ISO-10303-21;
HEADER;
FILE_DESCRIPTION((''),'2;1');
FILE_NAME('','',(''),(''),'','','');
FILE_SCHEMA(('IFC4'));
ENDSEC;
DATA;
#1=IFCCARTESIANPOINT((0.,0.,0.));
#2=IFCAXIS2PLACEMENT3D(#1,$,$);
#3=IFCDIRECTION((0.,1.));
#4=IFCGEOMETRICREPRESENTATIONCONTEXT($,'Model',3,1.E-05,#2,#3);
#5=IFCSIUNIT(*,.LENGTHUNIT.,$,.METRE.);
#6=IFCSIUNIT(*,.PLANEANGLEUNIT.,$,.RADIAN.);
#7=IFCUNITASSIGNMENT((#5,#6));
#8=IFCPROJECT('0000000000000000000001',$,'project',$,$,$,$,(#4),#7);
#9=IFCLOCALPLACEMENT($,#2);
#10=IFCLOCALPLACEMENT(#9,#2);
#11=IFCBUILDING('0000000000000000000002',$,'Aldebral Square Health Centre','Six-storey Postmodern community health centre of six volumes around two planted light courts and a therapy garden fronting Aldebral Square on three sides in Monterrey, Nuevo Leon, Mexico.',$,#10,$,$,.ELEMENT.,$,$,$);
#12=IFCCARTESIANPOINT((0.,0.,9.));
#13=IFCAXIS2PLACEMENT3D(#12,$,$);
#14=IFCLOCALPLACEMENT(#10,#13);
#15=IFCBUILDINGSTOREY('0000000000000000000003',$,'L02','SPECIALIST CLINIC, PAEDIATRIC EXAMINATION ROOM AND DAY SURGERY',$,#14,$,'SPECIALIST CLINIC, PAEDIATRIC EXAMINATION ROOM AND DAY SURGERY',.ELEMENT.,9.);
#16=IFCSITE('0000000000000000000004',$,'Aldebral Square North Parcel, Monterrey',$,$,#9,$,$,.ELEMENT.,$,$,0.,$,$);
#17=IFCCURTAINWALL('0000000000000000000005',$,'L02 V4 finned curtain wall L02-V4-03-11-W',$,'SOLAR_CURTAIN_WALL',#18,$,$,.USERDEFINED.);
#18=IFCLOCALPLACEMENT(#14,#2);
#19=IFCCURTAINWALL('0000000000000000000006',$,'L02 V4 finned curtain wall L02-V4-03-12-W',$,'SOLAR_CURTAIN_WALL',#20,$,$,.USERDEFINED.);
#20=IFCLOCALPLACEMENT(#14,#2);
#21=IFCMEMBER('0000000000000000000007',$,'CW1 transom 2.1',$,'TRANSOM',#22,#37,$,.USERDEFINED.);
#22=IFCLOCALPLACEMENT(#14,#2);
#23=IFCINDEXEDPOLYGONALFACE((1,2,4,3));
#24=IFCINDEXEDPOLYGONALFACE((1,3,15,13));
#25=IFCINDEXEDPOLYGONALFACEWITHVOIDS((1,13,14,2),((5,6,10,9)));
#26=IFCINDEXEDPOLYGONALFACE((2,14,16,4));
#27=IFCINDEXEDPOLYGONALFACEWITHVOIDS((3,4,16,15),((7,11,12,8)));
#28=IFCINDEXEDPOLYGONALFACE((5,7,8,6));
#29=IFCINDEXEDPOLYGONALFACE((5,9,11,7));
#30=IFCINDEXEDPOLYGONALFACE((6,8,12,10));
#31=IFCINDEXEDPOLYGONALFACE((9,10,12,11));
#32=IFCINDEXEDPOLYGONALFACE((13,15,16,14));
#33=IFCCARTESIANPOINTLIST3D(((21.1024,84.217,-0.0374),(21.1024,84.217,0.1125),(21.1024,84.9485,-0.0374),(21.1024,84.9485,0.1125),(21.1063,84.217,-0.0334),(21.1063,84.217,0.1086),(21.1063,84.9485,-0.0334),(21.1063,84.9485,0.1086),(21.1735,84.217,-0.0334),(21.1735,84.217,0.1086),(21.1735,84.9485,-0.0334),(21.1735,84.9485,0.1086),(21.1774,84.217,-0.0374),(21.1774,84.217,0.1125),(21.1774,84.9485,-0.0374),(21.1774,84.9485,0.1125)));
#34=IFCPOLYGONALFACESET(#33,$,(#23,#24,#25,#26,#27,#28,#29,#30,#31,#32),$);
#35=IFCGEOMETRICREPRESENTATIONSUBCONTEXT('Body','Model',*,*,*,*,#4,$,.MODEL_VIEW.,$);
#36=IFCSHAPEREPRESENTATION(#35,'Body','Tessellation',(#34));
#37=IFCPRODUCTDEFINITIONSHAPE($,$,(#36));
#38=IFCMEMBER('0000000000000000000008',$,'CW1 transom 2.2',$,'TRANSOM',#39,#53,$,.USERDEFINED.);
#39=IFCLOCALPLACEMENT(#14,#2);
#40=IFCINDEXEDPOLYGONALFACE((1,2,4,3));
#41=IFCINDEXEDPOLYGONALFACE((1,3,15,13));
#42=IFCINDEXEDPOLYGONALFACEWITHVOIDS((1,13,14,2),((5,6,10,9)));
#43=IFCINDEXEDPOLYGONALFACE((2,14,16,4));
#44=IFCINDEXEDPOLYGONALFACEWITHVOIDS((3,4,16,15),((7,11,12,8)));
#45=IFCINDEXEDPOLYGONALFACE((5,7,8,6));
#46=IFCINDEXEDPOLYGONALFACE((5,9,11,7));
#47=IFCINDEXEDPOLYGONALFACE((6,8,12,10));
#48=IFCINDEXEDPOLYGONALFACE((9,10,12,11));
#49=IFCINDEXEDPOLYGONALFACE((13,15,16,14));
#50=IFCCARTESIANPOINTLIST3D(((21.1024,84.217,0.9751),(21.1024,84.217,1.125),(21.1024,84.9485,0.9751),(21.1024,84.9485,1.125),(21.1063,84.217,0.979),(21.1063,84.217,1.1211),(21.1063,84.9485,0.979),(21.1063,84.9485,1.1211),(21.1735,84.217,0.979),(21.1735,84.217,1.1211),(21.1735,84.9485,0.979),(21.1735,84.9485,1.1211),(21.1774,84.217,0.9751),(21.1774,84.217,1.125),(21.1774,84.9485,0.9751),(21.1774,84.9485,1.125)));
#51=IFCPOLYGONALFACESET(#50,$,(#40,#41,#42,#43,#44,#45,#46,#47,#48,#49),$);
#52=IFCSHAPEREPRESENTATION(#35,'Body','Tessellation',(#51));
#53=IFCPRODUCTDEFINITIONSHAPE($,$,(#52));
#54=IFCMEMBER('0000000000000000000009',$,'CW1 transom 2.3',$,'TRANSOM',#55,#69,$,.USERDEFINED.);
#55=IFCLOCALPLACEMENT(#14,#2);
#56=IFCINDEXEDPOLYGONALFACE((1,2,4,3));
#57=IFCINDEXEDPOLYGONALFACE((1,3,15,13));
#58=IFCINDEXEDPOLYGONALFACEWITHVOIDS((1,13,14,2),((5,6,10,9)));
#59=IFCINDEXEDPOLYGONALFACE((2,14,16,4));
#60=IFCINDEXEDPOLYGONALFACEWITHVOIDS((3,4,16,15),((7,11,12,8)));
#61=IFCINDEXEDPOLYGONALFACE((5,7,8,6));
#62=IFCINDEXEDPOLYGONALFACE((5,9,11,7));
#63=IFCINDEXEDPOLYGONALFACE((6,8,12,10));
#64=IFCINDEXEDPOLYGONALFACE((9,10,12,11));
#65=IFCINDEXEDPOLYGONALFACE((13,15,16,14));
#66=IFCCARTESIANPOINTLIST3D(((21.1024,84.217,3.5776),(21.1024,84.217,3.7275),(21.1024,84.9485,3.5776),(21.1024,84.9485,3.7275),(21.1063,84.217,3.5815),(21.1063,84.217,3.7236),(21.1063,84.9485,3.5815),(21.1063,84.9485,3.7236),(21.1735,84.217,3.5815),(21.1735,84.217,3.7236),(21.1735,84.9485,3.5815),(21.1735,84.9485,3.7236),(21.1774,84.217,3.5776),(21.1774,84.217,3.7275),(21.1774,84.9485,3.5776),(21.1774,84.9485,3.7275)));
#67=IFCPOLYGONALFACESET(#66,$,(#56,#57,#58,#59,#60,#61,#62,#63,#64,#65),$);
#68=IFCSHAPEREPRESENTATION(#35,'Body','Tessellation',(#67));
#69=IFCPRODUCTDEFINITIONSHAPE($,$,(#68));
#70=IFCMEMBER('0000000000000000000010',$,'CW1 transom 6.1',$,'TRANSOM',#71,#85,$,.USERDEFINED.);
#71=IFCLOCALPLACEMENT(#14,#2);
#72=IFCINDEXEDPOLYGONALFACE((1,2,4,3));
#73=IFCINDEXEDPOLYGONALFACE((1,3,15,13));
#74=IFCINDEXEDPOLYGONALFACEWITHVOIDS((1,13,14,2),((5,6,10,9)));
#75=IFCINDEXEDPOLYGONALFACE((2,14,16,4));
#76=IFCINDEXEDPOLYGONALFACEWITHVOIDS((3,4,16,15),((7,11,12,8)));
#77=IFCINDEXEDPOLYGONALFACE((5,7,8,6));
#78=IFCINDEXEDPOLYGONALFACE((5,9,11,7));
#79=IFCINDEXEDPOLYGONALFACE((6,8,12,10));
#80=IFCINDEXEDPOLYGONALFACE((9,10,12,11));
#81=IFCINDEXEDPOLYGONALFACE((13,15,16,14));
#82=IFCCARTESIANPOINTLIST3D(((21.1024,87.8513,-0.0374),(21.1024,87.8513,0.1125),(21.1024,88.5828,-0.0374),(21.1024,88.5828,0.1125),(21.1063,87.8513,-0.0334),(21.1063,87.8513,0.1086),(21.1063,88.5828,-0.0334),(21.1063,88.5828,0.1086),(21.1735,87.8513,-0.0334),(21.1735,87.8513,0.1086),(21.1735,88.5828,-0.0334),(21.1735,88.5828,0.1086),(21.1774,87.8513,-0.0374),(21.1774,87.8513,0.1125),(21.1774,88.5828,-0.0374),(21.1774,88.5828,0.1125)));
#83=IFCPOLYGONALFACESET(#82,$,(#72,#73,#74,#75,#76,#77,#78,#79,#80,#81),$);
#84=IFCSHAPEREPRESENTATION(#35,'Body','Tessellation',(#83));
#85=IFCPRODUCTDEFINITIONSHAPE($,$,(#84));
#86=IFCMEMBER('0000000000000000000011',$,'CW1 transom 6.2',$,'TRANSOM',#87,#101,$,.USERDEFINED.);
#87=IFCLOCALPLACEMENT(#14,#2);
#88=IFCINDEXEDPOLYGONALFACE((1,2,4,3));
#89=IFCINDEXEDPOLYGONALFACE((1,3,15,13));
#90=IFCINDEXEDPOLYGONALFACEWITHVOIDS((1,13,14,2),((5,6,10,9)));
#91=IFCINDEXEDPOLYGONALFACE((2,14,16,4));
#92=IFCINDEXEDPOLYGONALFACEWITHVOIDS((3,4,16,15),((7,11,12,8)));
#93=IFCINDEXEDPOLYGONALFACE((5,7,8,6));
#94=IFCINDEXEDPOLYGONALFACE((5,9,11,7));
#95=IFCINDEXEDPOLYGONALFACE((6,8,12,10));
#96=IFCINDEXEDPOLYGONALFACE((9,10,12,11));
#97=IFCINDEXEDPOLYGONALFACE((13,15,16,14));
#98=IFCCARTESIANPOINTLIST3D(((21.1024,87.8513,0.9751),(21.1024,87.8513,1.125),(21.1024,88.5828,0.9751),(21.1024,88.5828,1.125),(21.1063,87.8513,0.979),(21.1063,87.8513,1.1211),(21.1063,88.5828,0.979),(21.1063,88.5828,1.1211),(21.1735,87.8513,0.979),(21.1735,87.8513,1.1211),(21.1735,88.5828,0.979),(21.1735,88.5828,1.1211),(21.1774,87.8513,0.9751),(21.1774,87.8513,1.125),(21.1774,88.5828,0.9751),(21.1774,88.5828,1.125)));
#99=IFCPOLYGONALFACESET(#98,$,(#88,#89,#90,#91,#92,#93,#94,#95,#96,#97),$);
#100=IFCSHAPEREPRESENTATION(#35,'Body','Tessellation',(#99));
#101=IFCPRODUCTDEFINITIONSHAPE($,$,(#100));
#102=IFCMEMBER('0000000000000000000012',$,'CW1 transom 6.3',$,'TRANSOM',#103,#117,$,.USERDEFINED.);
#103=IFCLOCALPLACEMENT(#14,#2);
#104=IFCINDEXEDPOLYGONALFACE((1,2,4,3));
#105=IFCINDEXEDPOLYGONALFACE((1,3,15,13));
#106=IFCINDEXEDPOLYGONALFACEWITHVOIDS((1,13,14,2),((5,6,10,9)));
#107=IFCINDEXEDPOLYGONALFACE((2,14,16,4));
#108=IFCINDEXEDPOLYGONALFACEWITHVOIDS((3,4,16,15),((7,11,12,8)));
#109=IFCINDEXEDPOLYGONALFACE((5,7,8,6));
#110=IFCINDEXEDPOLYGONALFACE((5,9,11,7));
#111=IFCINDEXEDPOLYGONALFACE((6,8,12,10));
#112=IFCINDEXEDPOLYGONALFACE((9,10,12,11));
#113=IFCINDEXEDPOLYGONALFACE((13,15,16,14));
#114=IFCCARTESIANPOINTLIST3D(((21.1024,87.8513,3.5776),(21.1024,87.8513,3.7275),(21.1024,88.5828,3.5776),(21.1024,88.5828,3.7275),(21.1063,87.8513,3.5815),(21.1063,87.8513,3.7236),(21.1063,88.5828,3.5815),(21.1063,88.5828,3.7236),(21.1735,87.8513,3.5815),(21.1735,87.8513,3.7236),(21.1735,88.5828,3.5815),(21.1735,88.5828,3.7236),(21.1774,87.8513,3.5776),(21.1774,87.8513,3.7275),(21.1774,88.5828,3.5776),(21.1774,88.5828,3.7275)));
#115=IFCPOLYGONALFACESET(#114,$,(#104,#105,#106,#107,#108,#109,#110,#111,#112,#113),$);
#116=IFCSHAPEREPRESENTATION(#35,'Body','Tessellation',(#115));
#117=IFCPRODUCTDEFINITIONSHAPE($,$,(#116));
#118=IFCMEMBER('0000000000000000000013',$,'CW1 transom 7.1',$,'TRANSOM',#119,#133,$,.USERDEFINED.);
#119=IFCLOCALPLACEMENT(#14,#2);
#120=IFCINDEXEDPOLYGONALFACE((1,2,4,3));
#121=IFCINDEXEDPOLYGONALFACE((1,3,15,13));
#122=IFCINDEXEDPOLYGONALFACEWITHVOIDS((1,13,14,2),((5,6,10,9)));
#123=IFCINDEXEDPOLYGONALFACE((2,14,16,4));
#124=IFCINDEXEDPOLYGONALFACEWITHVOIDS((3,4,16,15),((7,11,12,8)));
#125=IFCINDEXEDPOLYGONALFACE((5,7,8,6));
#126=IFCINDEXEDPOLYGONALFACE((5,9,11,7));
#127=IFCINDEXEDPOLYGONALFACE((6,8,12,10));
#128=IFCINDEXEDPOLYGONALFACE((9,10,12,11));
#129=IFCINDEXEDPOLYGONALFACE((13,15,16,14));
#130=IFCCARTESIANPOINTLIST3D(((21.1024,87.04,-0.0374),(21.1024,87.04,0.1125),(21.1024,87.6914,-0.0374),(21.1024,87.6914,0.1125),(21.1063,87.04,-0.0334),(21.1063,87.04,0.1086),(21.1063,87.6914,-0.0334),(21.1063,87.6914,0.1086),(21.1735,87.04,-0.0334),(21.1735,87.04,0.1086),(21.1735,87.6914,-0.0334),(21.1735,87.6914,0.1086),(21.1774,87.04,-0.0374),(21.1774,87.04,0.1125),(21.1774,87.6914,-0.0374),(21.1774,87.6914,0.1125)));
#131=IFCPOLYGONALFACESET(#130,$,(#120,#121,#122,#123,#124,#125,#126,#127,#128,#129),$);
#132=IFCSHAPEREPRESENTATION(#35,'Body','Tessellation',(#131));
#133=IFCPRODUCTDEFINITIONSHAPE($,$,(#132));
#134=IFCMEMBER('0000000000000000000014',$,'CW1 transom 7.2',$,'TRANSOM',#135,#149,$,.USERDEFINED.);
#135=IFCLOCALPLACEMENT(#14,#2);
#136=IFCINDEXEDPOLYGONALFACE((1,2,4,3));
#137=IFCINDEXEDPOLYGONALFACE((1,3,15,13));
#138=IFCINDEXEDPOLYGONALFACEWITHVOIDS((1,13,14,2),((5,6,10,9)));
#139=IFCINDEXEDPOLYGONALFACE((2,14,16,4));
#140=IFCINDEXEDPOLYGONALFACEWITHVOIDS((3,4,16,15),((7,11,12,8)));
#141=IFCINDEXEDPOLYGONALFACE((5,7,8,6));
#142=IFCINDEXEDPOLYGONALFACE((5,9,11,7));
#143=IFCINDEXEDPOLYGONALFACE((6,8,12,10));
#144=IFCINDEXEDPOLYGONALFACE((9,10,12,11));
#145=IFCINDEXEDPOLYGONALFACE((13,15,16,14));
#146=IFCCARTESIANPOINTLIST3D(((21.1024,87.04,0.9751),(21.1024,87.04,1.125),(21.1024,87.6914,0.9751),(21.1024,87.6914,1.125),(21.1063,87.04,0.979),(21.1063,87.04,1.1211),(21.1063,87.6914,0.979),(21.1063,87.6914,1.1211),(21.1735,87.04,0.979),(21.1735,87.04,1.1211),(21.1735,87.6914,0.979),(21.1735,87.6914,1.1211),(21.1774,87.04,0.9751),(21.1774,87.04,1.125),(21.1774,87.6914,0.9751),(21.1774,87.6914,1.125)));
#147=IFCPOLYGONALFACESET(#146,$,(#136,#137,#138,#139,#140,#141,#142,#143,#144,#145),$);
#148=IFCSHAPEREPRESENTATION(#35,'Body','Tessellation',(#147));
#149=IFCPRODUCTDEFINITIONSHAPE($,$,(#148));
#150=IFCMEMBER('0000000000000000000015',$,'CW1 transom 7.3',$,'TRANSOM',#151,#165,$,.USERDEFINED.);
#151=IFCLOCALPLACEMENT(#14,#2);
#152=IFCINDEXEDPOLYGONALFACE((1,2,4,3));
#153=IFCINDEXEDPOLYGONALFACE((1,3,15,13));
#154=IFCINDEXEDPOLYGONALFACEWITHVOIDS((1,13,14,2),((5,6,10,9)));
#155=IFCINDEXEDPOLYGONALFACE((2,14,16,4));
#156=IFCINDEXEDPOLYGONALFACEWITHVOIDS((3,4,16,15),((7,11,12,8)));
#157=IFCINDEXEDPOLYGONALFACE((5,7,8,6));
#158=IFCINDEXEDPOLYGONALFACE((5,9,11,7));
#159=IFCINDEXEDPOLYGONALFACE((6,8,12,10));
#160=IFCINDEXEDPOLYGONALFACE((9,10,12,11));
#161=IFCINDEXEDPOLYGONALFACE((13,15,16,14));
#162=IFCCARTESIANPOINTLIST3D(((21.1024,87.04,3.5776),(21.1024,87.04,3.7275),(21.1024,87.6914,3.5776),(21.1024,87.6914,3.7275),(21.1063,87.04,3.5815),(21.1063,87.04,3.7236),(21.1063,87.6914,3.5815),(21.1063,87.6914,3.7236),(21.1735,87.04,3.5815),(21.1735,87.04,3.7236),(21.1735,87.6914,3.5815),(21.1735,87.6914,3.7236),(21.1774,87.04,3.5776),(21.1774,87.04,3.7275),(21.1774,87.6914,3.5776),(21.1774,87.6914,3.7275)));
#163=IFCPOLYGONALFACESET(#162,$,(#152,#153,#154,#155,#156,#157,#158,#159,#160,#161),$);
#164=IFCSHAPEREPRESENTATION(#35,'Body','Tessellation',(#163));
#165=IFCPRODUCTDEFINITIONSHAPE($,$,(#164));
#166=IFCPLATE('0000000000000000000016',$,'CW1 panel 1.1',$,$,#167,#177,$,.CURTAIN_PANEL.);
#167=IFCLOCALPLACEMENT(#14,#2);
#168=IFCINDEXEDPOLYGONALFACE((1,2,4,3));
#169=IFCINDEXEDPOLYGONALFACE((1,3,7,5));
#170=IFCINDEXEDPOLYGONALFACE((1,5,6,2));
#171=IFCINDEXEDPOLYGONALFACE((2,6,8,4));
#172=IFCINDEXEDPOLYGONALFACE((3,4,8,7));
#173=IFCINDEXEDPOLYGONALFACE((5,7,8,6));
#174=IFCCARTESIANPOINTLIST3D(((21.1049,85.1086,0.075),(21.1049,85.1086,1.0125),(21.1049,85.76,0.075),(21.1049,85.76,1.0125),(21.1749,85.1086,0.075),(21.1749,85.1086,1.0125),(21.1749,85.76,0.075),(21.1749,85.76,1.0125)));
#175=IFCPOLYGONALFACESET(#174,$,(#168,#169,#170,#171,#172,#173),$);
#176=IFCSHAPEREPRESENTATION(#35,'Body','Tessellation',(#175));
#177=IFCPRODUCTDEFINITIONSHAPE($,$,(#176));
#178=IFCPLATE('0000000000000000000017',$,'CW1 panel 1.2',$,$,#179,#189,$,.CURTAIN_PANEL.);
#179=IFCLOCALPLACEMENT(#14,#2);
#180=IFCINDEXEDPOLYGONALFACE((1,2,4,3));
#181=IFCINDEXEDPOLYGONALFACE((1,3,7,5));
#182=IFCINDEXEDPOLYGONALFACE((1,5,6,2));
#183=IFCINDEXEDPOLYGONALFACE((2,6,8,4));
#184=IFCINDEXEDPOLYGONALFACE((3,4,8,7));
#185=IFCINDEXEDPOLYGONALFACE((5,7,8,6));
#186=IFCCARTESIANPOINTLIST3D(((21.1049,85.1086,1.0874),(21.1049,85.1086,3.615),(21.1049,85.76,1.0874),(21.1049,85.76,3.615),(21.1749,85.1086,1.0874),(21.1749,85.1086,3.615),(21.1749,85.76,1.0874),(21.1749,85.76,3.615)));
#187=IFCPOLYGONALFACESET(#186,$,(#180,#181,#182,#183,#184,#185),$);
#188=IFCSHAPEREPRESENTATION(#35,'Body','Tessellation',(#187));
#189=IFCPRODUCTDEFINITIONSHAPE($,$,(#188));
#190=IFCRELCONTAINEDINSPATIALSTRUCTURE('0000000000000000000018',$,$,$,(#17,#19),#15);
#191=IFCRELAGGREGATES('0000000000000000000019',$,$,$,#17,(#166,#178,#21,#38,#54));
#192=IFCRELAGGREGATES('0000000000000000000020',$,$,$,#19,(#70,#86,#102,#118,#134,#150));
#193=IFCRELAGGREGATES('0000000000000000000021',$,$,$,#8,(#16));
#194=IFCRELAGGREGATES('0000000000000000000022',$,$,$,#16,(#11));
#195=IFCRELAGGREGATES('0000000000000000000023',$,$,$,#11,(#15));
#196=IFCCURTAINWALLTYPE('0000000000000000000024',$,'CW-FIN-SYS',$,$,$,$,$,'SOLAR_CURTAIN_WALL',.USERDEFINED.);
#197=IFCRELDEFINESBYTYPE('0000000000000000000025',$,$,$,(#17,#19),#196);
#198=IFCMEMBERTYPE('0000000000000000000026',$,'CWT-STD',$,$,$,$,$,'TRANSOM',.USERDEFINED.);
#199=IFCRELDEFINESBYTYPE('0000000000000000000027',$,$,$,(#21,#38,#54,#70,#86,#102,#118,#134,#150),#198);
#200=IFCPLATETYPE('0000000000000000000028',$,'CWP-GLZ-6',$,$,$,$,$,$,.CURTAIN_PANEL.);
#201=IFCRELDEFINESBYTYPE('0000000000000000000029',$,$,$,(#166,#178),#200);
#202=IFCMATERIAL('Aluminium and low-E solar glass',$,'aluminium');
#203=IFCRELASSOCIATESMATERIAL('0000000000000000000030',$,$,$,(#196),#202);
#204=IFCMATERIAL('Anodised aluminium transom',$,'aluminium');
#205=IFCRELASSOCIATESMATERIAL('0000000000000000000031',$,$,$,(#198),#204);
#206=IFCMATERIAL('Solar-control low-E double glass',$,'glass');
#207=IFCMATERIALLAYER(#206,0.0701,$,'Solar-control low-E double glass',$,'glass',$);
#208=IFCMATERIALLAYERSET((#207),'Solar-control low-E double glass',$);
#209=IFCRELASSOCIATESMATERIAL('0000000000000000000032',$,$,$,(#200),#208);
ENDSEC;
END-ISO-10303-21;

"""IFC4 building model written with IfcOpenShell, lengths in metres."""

from ifc_helpers import new_model, si_unit, direction, frame, origin, origin_2d, place, context, subcontext, project, spatial, rectangle, hollow_rectangle, extrude, material, layer, layer_set, material_profile, profile_set, type_object, element, aggregate, save


model = new_model("IFC4")

# Units and contexts
model_context = context("Model", 3, precision=1e-05, world=origin(), true_north=direction((0.0, 1.0)))
body_context = subcontext(model_context, "Body", "Model", "MODEL_VIEW")
ifc_project = project(units=[si_unit("LENGTHUNIT", "METRE"), si_unit("PLANEANGLEUNIT", "RADIAN")], contexts=[model_context])

# Site, building, storey
site_placement = place(None, origin())
site = spatial("IfcSite", under=ifc_project, at=site_placement, Name="Aldebral Square North Parcel, Monterrey", CompositionType="ELEMENT", RefElevation=0.0)
building_placement = place(site_placement, origin())
building = spatial("IfcBuilding", under=site, at=building_placement, Name="Aldebral Square Health Centre", Description="Six-storey Postmodern community health centre of six volumes around two planted light courts and a therapy garden fronting Aldebral Square on three sides in Monterrey, Nuevo Leon, Mexico.", CompositionType="ELEMENT")
storey_placement = place(building_placement, frame((0.0, 0.0, 9.0)))
storey = spatial("IfcBuildingStorey", under=building, at=storey_placement, Name="L02", Description="SPECIALIST CLINIC, PAEDIATRIC EXAMINATION ROOM AND DAY SURGERY", LongName="SPECIALIST CLINIC, PAEDIATRIC EXAMINATION ROOM AND DAY SURGERY", CompositionType="ELEMENT", Elevation=9.0)

# Curtain walls
ifc_material_1 = material(Name="Aluminium and low-E solar glass", Category="aluminium")
curtain_wall_type = type_object("IfcCurtainWallType", Name="CW-FIN-SYS", ElementType="SOLAR_CURTAIN_WALL", PredefinedType="USERDEFINED", material=ifc_material_1)
curtain_wall_1_placement = place(storey_placement, origin())
curtain_wall_1 = element("IfcCurtainWall", 1, at=curtain_wall_1_placement, inside=storey, type_object=curtain_wall_type, Name="L02 V4 finned curtain wall L02-V4-03-11-W", ObjectType="SOLAR_CURTAIN_WALL", PredefinedType="USERDEFINED")
curtain_wall_2_placement = place(storey_placement, origin())
curtain_wall_2 = element("IfcCurtainWall", 2, at=curtain_wall_2_placement, inside=storey, type_object=curtain_wall_type, Name="L02 V4 finned curtain wall L02-V4-03-12-W", ObjectType="SOLAR_CURTAIN_WALL", PredefinedType="USERDEFINED")

# Members
ifc_material_2 = material(Name="Anodised aluminium transom", Category="aluminium")
ifc_material_profile_1 = material_profile(ifc_material_2, hollow_rectangle(XDim=0.075, YDim=0.1499, WallThickness=0.0039, at=origin_2d()), Name="CWT 75x150x4")
ifc_profile_set_1 = profile_set([ifc_material_profile_1], Name="Anodised aluminium transom")
member_type_1 = type_object("IfcMemberType", Name="CWT-STD", ElementType="TRANSOM", PredefinedType="USERDEFINED", material=ifc_profile_set_1)
member_1_placement = place(storey_placement, frame((21.1399, 84.9485, 0.0376), z_axis=(0.0, -1.0, 0.0), x_axis=(1.0, 0.0, 0.0)))
member_1 = element("IfcMember", 3, at=member_1_placement, type_object=member_type_1, Name="CW1 transom 2.1", ObjectType="TRANSOM", PredefinedType="USERDEFINED", context=body_context, shape_type="SweptSolid", body=[
    extrude(hollow_rectangle(XDim=0.075, YDim=0.1499, WallThickness=0.0039, at=origin_2d()), origin(), (0.0, 0.0, 1.0), 0.7314),
])
member_2_placement = place(storey_placement, frame((21.1399, 84.9485, 1.05), z_axis=(0.0, -1.0, 0.0), x_axis=(1.0, 0.0, 0.0)))
member_2 = element("IfcMember", 4, at=member_2_placement, type_object=member_type_1, Name="CW1 transom 2.2", ObjectType="TRANSOM", PredefinedType="USERDEFINED", context=body_context, shape_type="SweptSolid", body=[
    extrude(hollow_rectangle(XDim=0.075, YDim=0.1499, WallThickness=0.0039, at=origin_2d()), origin(), (0.0, 0.0, 1.0), 0.7314),
])
member_3_placement = place(storey_placement, frame((21.1399, 84.9485, 3.6526), z_axis=(0.0, -1.0, 0.0), x_axis=(1.0, 0.0, 0.0)))
member_3 = element("IfcMember", 5, at=member_3_placement, type_object=member_type_1, Name="CW1 transom 2.3", ObjectType="TRANSOM", PredefinedType="USERDEFINED", context=body_context, shape_type="SweptSolid", body=[
    extrude(hollow_rectangle(XDim=0.075, YDim=0.1499, WallThickness=0.0039, at=origin_2d()), origin(), (0.0, 0.0, 1.0), 0.7314),
])
member_4_placement = place(storey_placement, frame((21.1399, 88.5828, 0.0376), z_axis=(0.0, -1.0, 0.0), x_axis=(1.0, 0.0, 0.0)))
member_4 = element("IfcMember", 6, at=member_4_placement, type_object=member_type_1, Name="CW1 transom 6.1", ObjectType="TRANSOM", PredefinedType="USERDEFINED", context=body_context, shape_type="SweptSolid", body=[
    extrude(hollow_rectangle(XDim=0.075, YDim=0.1499, WallThickness=0.0039, at=origin_2d()), origin(), (0.0, 0.0, 1.0), 0.7314),
])
member_5_placement = place(storey_placement, frame((21.1399, 88.5828, 1.05), z_axis=(0.0, -1.0, 0.0), x_axis=(1.0, 0.0, 0.0)))
member_5 = element("IfcMember", 7, at=member_5_placement, type_object=member_type_1, Name="CW1 transom 6.2", ObjectType="TRANSOM", PredefinedType="USERDEFINED", context=body_context, shape_type="SweptSolid", body=[
    extrude(hollow_rectangle(XDim=0.075, YDim=0.1499, WallThickness=0.0039, at=origin_2d()), origin(), (0.0, 0.0, 1.0), 0.7314),
])
member_6_placement = place(storey_placement, frame((21.1399, 88.5828, 3.6526), z_axis=(0.0, -1.0, 0.0), x_axis=(1.0, 0.0, 0.0)))
member_6 = element("IfcMember", 8, at=member_6_placement, type_object=member_type_1, Name="CW1 transom 6.3", ObjectType="TRANSOM", PredefinedType="USERDEFINED", context=body_context, shape_type="SweptSolid", body=[
    extrude(hollow_rectangle(XDim=0.075, YDim=0.1499, WallThickness=0.0039, at=origin_2d()), origin(), (0.0, 0.0, 1.0), 0.7314),
])
member_7_placement = place(storey_placement, frame((21.1399, 87.6914, 0.0376), z_axis=(0.0, -1.0, 0.0), x_axis=(1.0, 0.0, 0.0)))
member_7 = element("IfcMember", 9, at=member_7_placement, type_object=member_type_1, Name="CW1 transom 7.1", ObjectType="TRANSOM", PredefinedType="USERDEFINED", context=body_context, shape_type="SweptSolid", body=[
    extrude(hollow_rectangle(XDim=0.075, YDim=0.1499, WallThickness=0.0039, at=origin_2d()), origin(), (0.0, 0.0, 1.0), 0.6514),
])
member_8_placement = place(storey_placement, frame((21.1399, 87.6914, 1.05), z_axis=(0.0, -1.0, 0.0), x_axis=(1.0, 0.0, 0.0)))
member_8 = element("IfcMember", 10, at=member_8_placement, type_object=member_type_1, Name="CW1 transom 7.2", ObjectType="TRANSOM", PredefinedType="USERDEFINED", context=body_context, shape_type="SweptSolid", body=[
    extrude(hollow_rectangle(XDim=0.075, YDim=0.1499, WallThickness=0.0039, at=origin_2d()), origin(), (0.0, 0.0, 1.0), 0.6514),
])
member_9_placement = place(storey_placement, frame((21.1399, 87.6914, 3.6526), z_axis=(0.0, -1.0, 0.0), x_axis=(1.0, 0.0, 0.0)))
member_9 = element("IfcMember", 11, at=member_9_placement, type_object=member_type_1, Name="CW1 transom 7.3", ObjectType="TRANSOM", PredefinedType="USERDEFINED", context=body_context, shape_type="SweptSolid", body=[
    extrude(hollow_rectangle(XDim=0.075, YDim=0.1499, WallThickness=0.0039, at=origin_2d()), origin(), (0.0, 0.0, 1.0), 0.6514),
])

# Plates
ifc_material_3 = material(Name="Solar-control low-E double glass", Category="glass")
ifc_layer_1 = layer(ifc_material_3, 0.0701, Name="Solar-control low-E double glass", Category="glass")
ifc_layer_set_1 = layer_set([ifc_layer_1], Name="Solar-control low-E double glass")
plate_type_1 = type_object("IfcPlateType", Name="CWP-GLZ-6", PredefinedType="CURTAIN_PANEL", material=ifc_layer_set_1)
plate_1_placement = place(storey_placement, frame((21.1399, 85.4343, 0.075), z_axis=(0.0, 0.0, 1.0), x_axis=(0.0, -1.0, 0.0)))
plate_1 = element("IfcPlate", 12, at=plate_1_placement, type_object=plate_type_1, Name="CW1 panel 1.1", PredefinedType="CURTAIN_PANEL", context=body_context, shape_type="SweptSolid", body=[
    extrude(rectangle(XDim=0.6514, YDim=0.0701, at=origin_2d()), origin(), (0.0, 0.0, 1.0), 0.9375),
])
plate_2_placement = place(storey_placement, frame((21.1399, 85.4343, 1.0874), z_axis=(0.0, 0.0, 1.0), x_axis=(0.0, -1.0, 0.0)))
plate_2 = element("IfcPlate", 13, at=plate_2_placement, type_object=plate_type_1, Name="CW1 panel 1.2", PredefinedType="CURTAIN_PANEL", context=body_context, shape_type="SweptSolid", body=[
    extrude(rectangle(XDim=0.6514, YDim=0.0701, at=origin_2d()), origin(), (0.0, 0.0, 1.0), 2.5276),
])
aggregate(curtain_wall_1, [plate_1, plate_2, member_1, member_2, member_3])
aggregate(curtain_wall_2, [member_4, member_5, member_6, member_7, member_8, member_9])

save(model, "model.ifc")
